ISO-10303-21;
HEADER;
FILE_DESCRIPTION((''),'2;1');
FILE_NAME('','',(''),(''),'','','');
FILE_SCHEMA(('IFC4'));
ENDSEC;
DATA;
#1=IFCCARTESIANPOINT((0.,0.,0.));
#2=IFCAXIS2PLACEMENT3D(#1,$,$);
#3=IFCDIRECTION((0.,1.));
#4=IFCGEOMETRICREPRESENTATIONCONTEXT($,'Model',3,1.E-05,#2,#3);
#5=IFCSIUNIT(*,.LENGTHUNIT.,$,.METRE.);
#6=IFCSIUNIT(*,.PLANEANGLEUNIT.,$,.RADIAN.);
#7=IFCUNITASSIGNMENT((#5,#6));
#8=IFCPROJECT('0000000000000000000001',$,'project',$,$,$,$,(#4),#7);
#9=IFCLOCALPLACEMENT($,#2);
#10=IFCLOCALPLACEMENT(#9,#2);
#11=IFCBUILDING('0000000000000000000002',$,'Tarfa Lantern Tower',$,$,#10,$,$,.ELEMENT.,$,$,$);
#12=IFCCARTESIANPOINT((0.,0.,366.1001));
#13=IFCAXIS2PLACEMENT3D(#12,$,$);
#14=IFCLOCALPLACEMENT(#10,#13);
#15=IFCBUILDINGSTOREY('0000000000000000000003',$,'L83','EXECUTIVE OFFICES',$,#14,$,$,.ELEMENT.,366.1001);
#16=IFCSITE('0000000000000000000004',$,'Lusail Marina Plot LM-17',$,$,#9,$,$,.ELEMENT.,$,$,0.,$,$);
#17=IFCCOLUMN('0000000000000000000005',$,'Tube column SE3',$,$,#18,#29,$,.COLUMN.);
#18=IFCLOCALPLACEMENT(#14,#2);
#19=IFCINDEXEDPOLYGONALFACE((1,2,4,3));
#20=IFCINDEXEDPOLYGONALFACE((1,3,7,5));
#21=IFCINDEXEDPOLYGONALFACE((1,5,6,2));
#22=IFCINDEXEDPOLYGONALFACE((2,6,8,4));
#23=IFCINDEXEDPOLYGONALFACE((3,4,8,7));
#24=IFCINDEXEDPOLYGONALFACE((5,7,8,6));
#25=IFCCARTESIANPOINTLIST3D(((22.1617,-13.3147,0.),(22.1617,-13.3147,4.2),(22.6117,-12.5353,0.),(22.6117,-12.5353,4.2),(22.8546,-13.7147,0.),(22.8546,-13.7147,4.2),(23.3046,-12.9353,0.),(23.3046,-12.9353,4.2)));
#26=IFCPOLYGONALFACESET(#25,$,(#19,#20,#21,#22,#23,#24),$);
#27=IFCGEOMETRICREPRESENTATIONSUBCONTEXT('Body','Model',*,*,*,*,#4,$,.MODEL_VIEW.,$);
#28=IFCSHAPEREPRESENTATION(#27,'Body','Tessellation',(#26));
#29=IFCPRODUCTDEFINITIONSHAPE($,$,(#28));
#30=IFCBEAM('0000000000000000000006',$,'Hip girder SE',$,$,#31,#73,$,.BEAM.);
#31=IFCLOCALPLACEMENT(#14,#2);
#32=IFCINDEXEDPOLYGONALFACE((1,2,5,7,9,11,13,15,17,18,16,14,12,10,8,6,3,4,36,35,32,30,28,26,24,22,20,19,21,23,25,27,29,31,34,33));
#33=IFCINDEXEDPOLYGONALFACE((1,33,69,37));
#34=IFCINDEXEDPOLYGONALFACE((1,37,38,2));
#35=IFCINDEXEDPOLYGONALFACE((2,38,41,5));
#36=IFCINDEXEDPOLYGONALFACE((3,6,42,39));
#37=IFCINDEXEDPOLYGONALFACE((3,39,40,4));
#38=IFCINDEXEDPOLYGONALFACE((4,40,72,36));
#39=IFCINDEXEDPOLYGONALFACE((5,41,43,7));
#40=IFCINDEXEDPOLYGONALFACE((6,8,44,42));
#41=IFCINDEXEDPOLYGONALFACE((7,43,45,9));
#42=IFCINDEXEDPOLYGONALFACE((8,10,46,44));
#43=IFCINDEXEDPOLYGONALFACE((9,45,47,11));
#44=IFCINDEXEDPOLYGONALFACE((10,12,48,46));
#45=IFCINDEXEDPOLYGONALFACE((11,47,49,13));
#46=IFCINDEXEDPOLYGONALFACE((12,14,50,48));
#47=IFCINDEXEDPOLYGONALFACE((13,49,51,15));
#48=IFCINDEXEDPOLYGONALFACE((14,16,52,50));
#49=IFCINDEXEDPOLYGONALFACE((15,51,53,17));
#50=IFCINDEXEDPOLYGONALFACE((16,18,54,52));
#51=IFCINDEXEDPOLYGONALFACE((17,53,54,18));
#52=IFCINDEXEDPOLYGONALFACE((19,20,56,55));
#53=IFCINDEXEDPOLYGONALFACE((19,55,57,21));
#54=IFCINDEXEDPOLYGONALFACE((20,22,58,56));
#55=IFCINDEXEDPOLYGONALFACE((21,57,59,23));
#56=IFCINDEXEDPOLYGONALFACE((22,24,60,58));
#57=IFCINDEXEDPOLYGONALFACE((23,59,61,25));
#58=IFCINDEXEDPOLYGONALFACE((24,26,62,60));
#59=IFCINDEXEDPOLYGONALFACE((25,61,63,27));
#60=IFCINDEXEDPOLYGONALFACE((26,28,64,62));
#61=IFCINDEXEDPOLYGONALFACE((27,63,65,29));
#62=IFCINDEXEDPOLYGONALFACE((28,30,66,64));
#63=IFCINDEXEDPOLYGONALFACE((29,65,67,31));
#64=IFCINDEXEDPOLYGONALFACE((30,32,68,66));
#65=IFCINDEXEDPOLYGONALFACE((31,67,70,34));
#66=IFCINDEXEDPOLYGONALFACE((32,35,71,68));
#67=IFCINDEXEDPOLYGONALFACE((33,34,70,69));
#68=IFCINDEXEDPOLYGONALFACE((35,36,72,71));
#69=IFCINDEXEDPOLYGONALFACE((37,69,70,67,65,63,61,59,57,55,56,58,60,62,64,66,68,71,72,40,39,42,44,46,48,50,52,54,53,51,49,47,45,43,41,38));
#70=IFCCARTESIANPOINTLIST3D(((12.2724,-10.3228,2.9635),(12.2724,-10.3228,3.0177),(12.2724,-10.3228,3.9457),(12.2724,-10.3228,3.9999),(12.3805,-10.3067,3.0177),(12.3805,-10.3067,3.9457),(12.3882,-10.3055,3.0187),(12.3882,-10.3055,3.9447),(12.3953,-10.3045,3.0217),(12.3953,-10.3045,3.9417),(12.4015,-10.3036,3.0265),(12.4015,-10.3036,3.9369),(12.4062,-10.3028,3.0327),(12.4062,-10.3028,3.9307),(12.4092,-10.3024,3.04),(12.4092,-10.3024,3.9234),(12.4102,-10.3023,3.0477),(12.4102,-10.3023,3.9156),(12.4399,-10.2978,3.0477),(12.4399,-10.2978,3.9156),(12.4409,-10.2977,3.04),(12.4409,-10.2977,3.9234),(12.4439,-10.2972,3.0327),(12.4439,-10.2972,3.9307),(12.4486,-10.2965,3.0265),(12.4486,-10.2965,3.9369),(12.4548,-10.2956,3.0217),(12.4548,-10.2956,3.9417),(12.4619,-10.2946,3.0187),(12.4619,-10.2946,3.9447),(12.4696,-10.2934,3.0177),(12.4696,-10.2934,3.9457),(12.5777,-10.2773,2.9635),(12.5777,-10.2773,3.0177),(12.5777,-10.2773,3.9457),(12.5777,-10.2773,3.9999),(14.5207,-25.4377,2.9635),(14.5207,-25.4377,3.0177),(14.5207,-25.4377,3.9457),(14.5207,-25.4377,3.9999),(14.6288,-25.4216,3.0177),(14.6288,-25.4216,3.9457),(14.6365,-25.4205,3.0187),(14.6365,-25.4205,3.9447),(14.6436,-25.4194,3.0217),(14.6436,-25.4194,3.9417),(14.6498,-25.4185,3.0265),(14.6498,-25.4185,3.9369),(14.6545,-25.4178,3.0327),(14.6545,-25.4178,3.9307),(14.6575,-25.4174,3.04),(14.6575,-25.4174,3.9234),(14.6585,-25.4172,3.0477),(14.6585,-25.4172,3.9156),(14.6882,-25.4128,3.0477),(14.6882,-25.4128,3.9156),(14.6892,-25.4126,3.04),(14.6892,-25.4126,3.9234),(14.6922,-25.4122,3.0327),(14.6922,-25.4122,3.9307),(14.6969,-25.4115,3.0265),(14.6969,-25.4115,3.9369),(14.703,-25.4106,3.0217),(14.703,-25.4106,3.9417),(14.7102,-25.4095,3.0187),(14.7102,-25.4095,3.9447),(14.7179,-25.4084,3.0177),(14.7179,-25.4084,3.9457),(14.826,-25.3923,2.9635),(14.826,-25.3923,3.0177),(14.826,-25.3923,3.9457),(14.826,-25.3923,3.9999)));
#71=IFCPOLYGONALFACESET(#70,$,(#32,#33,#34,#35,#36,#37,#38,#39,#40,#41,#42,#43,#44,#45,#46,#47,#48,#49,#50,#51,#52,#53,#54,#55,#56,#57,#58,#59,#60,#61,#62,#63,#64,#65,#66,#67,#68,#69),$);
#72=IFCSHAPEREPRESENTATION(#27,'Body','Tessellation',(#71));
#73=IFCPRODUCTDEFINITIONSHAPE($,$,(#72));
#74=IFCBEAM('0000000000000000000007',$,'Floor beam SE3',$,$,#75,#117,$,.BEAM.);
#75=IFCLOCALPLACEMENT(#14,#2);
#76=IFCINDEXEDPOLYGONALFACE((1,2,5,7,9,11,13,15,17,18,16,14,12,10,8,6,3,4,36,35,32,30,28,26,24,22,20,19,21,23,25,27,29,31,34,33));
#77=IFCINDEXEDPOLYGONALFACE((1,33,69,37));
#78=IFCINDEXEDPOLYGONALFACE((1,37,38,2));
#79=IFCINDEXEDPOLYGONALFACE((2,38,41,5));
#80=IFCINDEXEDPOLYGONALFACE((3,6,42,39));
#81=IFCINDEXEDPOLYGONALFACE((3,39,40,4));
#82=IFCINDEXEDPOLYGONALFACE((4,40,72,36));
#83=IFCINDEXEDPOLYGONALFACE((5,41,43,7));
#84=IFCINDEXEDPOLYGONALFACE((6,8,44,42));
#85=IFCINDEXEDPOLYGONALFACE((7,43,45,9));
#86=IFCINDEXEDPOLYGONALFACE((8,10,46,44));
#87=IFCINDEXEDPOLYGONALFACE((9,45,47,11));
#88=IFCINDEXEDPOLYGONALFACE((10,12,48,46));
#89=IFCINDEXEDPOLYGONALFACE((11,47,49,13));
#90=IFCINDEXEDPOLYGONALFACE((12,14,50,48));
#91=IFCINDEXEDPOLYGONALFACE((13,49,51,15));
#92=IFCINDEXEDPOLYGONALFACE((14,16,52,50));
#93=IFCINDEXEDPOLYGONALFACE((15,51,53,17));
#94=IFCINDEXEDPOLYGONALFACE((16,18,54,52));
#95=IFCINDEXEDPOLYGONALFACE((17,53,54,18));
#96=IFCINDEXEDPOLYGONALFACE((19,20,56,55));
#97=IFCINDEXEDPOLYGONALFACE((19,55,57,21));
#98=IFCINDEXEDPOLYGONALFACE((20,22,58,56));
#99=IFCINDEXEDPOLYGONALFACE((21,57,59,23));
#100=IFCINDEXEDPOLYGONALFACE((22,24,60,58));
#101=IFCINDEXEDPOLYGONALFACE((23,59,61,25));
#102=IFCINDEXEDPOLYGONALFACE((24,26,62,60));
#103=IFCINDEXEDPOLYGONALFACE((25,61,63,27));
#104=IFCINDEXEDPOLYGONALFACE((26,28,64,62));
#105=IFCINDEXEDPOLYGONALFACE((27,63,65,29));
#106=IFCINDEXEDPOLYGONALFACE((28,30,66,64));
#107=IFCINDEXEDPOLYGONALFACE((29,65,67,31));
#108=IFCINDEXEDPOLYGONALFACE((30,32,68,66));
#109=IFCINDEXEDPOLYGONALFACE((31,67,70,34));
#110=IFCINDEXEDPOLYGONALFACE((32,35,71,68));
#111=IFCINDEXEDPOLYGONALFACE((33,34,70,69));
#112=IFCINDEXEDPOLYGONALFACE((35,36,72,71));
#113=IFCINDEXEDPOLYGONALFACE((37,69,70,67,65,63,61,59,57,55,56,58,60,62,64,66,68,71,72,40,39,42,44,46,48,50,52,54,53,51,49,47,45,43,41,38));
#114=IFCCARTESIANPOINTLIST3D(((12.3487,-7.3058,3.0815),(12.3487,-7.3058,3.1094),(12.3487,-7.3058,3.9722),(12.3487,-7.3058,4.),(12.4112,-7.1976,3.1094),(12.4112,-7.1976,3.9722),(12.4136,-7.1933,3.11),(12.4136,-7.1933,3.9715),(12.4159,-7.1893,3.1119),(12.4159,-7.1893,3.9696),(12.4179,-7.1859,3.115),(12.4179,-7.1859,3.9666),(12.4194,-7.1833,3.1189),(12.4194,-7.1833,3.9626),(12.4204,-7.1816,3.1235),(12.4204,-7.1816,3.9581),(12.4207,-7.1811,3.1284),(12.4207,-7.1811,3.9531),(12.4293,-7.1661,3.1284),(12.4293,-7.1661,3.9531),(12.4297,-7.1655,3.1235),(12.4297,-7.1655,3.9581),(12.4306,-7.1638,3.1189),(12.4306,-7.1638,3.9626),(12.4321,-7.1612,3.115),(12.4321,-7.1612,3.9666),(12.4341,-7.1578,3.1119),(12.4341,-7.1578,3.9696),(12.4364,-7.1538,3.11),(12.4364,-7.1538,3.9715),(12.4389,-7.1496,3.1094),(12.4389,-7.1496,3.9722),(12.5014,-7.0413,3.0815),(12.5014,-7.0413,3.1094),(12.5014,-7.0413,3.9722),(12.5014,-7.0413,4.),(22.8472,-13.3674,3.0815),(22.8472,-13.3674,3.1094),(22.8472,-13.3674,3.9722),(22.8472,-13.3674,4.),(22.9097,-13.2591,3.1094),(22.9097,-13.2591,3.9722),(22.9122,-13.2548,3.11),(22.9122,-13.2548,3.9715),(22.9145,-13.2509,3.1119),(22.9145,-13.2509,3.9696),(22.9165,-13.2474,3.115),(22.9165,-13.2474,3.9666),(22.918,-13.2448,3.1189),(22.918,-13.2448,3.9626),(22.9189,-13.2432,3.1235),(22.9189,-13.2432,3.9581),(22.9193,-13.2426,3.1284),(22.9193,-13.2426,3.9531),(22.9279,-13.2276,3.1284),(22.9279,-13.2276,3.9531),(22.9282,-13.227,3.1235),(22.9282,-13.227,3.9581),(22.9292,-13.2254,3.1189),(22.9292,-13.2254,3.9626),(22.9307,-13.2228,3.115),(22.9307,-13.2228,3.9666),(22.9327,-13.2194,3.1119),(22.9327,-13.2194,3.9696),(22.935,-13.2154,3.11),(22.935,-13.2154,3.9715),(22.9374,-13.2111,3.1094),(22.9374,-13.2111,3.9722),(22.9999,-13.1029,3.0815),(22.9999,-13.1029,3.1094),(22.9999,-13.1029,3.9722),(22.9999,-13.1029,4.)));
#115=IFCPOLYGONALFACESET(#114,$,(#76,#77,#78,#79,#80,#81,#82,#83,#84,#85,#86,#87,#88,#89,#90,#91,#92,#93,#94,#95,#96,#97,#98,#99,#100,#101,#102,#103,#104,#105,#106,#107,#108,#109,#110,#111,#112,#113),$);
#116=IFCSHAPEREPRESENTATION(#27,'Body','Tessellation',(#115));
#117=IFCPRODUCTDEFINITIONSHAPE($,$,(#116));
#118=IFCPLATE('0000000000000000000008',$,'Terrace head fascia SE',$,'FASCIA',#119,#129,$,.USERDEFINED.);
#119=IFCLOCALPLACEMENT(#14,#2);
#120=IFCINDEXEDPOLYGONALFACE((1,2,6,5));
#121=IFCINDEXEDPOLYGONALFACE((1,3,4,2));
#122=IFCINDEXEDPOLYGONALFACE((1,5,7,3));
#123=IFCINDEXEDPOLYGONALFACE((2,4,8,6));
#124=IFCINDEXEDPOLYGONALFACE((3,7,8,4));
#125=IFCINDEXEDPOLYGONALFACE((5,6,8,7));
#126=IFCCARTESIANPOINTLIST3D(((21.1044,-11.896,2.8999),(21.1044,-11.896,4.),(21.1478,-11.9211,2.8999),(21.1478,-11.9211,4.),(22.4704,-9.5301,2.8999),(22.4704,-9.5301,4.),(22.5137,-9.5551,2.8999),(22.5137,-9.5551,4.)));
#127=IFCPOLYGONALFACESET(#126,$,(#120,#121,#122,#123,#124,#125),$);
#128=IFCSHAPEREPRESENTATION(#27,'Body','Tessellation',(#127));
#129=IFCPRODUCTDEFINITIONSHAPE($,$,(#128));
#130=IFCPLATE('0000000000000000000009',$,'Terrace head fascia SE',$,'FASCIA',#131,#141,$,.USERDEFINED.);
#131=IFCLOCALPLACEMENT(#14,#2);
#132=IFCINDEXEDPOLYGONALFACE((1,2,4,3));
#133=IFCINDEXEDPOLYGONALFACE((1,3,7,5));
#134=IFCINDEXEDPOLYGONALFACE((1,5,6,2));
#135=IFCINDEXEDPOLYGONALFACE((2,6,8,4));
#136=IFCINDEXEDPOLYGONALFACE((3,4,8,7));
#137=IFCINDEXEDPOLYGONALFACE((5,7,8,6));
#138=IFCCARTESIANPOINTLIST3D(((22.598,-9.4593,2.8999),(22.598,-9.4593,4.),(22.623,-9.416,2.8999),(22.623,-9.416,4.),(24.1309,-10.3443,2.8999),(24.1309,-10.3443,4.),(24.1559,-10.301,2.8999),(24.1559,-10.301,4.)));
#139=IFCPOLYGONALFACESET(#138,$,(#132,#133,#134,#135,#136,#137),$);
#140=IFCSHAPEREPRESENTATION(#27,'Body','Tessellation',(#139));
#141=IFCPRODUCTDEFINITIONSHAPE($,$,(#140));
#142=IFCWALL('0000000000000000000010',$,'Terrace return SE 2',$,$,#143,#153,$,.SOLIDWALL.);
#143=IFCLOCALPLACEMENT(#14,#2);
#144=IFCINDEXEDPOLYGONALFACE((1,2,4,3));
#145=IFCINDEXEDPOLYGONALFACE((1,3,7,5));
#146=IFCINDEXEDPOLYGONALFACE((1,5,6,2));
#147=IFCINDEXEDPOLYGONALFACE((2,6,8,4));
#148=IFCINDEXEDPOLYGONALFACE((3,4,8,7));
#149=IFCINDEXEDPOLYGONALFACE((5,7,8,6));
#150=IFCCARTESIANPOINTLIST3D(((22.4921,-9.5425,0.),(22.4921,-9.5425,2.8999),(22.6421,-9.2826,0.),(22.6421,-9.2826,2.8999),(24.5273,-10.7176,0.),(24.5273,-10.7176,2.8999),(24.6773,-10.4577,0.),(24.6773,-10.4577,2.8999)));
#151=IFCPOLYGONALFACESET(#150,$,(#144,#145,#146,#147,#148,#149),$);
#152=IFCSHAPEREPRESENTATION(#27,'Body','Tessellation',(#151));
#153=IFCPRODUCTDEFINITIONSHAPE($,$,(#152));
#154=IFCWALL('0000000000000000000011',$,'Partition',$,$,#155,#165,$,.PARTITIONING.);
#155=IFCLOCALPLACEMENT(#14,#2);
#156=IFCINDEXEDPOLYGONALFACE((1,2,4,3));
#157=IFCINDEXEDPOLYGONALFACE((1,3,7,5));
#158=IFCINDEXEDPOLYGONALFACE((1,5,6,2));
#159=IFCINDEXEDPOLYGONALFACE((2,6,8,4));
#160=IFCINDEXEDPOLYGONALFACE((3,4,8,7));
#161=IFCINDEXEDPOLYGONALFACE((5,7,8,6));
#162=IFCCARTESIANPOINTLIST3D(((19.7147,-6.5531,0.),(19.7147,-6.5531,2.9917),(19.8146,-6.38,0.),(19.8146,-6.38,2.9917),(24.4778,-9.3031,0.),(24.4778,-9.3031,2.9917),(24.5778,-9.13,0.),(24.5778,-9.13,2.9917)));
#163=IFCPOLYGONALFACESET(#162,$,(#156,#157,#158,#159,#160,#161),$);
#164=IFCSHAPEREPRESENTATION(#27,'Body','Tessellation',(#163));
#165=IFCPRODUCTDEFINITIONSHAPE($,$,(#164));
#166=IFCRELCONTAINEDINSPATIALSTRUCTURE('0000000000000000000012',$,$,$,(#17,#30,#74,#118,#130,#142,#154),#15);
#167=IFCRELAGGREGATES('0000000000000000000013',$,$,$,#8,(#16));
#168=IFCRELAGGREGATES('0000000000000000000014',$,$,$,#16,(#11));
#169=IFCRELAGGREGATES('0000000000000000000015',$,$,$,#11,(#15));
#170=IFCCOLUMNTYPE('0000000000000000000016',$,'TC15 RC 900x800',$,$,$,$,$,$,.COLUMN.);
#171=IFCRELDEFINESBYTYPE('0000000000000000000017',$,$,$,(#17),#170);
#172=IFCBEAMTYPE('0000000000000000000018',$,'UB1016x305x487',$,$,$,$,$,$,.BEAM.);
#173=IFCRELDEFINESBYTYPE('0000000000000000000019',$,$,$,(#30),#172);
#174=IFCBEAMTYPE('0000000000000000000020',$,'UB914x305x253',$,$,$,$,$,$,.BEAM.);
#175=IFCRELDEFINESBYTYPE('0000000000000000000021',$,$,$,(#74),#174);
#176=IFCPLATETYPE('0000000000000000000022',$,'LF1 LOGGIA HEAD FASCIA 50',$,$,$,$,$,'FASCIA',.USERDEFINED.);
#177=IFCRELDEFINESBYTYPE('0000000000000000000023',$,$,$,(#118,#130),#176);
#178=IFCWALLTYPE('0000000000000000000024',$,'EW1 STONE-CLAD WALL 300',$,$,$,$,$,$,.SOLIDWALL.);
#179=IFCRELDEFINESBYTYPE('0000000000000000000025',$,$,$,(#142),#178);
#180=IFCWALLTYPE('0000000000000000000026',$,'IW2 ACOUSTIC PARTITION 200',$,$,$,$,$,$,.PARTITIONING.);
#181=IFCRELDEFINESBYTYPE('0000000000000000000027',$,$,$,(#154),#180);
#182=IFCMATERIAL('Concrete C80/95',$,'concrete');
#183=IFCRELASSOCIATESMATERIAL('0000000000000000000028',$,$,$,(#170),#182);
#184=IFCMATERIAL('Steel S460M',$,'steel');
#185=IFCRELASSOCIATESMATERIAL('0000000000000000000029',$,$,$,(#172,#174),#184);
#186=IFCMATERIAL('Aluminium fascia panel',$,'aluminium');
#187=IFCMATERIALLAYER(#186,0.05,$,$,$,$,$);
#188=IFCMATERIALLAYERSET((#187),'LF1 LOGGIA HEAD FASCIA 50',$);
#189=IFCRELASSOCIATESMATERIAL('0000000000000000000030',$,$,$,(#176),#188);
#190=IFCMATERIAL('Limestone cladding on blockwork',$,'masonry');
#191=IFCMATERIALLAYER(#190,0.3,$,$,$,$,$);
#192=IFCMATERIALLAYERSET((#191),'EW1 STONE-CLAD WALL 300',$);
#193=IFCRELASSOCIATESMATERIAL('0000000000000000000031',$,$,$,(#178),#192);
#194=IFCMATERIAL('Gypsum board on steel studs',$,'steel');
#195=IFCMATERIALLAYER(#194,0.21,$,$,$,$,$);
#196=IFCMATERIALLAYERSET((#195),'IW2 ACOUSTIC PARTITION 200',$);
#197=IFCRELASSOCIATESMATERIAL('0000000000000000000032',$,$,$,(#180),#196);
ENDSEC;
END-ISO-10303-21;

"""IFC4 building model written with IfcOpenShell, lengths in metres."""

from ifc_helpers import new_model, si_unit, direction, frame, frame_2d, origin, origin_2d, place, context, subcontext, project, spatial, rectangle, i_section, extrude, material, layer, layer_set, material_profile, profile_set, type_object, element, save


model = new_model("IFC4")

# Units and contexts
model_context = context("Model", 3, precision=1e-05, world=origin(), true_north=direction((0.0, 1.0)))
body_context = subcontext(model_context, "Body", "Model", "MODEL_VIEW")
ifc_project = project(units=[si_unit("LENGTHUNIT", "METRE"), si_unit("PLANEANGLEUNIT", "RADIAN")], contexts=[model_context])

# Site, building, storey
site_placement = place(None, origin())
site = spatial("IfcSite", under=ifc_project, at=site_placement, Name="Lusail Marina Plot LM-17", CompositionType="ELEMENT", RefElevation=0.0)
building_placement = place(site_placement, origin())
building = spatial("IfcBuilding", under=site, at=building_placement, Name="Tarfa Lantern Tower", CompositionType="ELEMENT")
storey_placement = place(building_placement, frame((0.0, 0.0, 366.1001)))
storey = spatial("IfcBuildingStorey", under=building, at=storey_placement, Name="L83", Description="EXECUTIVE OFFICES", CompositionType="ELEMENT", Elevation=366.1001)

# Column
ifc_material_1 = material(Name="Concrete C80/95", Category="concrete")
ifc_material_profile_1 = material_profile(ifc_material_1, rectangle(XDim=0.8999, YDim=0.8, at=origin_2d()), Name="RC 900x800")
ifc_profile_set_1 = profile_set([ifc_material_profile_1], Name="Concrete C80/95")
column_type = type_object("IfcColumnType", Name="TC15 RC 900x800", PredefinedType="COLUMN", material=ifc_profile_set_1)
column_placement = place(storey_placement, frame((22.7332, -13.125, 0.0), z_axis=(0.0, 0.0, 1.0), x_axis=(0.5, 0.866025, 0.0)))
element("IfcColumn", 1, at=column_placement, inside=storey, type_object=column_type, Name="Tube column SE3", PredefinedType="COLUMN", context=body_context, shape_type="SweptSolid", body=[
    extrude(rectangle(XDim=0.8999, YDim=0.8, at=origin_2d()), origin(), (0.0, 0.0, 1.0), 4.2),
])

# Beams
ifc_material_2 = material(Name="Steel S460M", Category="steel")
ifc_material_profile_2 = material_profile(ifc_material_2, i_section(OverallWidth=0.3086, OverallDepth=1.0364, WebThickness=0.03, FlangeThickness=0.0542, FilletRadius=0.03, at=origin_2d()), Name="UB1016x305x487")
ifc_profile_set_2 = profile_set([ifc_material_profile_2], Name="Steel S460M")
beam_type_1 = type_object("IfcBeamType", Name="UB1016x305x487", PredefinedType="BEAM", material=ifc_profile_set_2)
beam_1_placement = place(storey_placement, frame((12.425, -10.3, 3.4817), z_axis=(0.147127, -0.989118, 0.0), x_axis=(0.989118, 0.147127, 0.0)))
element("IfcBeam", 2, at=beam_1_placement, inside=storey, type_object=beam_type_1, Name="Hip girder SE", PredefinedType="BEAM", context=body_context, shape_type="SweptSolid", body=[
    extrude(i_section(OverallWidth=0.3086, OverallDepth=1.0364, WebThickness=0.03, FlangeThickness=0.0542, FilletRadius=0.03, at=origin_2d()), origin(), (0.0, 0.0, 1.0), 15.2812),
])
ifc_material_profile_3 = material_profile(ifc_material_2, i_section(OverallWidth=0.3054, OverallDepth=0.9185, WebThickness=0.0173, FlangeThickness=0.0278, FilletRadius=0.019, at=origin_2d()), Name="UB914x305x253")
ifc_profile_set_3 = profile_set([ifc_material_profile_3], Name="Steel S460M")
beam_type_2 = type_object("IfcBeamType", Name="UB914x305x253", PredefinedType="BEAM", material=ifc_profile_set_3)
beam_2_placement = place(storey_placement, frame((22.9236, -13.2351, 3.5408), z_axis=(-0.866019, 0.500012, 0.0), x_axis=(-0.500012, -0.866019, 0.0)))
element("IfcBeam", 3, at=beam_2_placement, inside=storey, type_object=beam_type_2, Name="Floor beam SE3", PredefinedType="BEAM", context=body_context, shape_type="SweptSolid", body=[
    extrude(i_section(OverallWidth=0.3054, OverallDepth=0.9185, WebThickness=0.0173, FlangeThickness=0.0278, FilletRadius=0.019, at=origin_2d()), origin(), (0.0, 0.0, 1.0), 12.1228),
])

# Plates
ifc_material_3 = material(Name="Aluminium fascia panel", Category="aluminium")
ifc_layer_1 = layer(ifc_material_3, 0.05)
ifc_layer_set_1 = layer_set([ifc_layer_1], Name="LF1 LOGGIA HEAD FASCIA 50")
plate_type = type_object("IfcPlateType", Name="LF1 LOGGIA HEAD FASCIA 50", ElementType="FASCIA", PredefinedType="USERDEFINED", material=ifc_layer_set_1)
plate_1_placement = place(storey_placement, frame((21.8091, -10.7256, 2.8999), z_axis=(0.0, 0.0, 1.0), x_axis=(0.5, 0.866025, 0.0)))
element("IfcPlate", 4, at=plate_1_placement, inside=storey, type_object=plate_type, Name="Terrace head fascia SE", ObjectType="FASCIA", PredefinedType="USERDEFINED", context=body_context, shape_type="SweptSolid", body=[
    extrude(rectangle(XDim=2.7319, YDim=0.05, at=origin_2d()), origin(), (0.0, 0.0, 1.0), 1.1001),
])
plate_2_placement = place(storey_placement, frame((23.377, -9.8801, 2.8999), z_axis=(0.0, 0.0, 1.0), x_axis=(-0.866025, 0.5, 0.0)))
element("IfcPlate", 5, at=plate_2_placement, inside=storey, type_object=plate_type, Name="Terrace head fascia SE", ObjectType="FASCIA", PredefinedType="USERDEFINED", context=body_context, shape_type="SweptSolid", body=[
    extrude(rectangle(XDim=1.77, YDim=0.05, at=origin_2d()), origin(), (0.0, 0.0, 1.0), 1.1001),
])

# Walls
ifc_material_4 = material(Name="Limestone cladding on blockwork", Category="masonry")
ifc_layer_2 = layer(ifc_material_4, 0.3)
ifc_layer_set_2 = layer_set([ifc_layer_2], Name="EW1 STONE-CLAD WALL 300")
wall_type_1 = type_object("IfcWallType", Name="EW1 STONE-CLAD WALL 300", PredefinedType="SOLIDWALL", material=ifc_layer_set_2)
wall_1_placement = place(storey_placement, frame((24.6023, -10.5876, 0.0), z_axis=(0.0, 0.0, 1.0), x_axis=(-0.866016, 0.500016, 0.0)))
element("IfcWall", 6, at=wall_1_placement, inside=storey, type_object=wall_type_1, Name="Terrace return SE 2", PredefinedType="SOLIDWALL", context=body_context, shape_type="SweptSolid", body=[
    extrude(rectangle(XDim=2.3501, YDim=0.3, at=frame_2d((1.175, 0.0))), origin(), (0.0, 0.0, 1.0), 2.8999),
])
ifc_material_5 = material(Name="Gypsum board on steel studs", Category="steel")
ifc_layer_3 = layer(ifc_material_5, 0.21)
ifc_layer_set_3 = layer_set([ifc_layer_3], Name="IW2 ACOUSTIC PARTITION 200")
wall_type_2 = type_object("IfcWallType", Name="IW2 ACOUSTIC PARTITION 200", PredefinedType="PARTITIONING", material=ifc_layer_set_3)
wall_2_placement = place(storey_placement, frame((19.7646, -6.4666, 0.0), z_axis=(0.0, 0.0, 1.0), x_axis=(0.866027, -0.499997, 0.0)))
element("IfcWall", 7, at=wall_2_placement, inside=storey, type_object=wall_type_2, Name="Partition", PredefinedType="PARTITIONING", context=body_context, shape_type="SweptSolid", body=[
    extrude(rectangle(XDim=5.5, YDim=0.2, at=frame_2d((2.75, 0.0))), origin(), (0.0, 0.0, 1.0), 2.9917),
])

save(model, "model.ifc")
